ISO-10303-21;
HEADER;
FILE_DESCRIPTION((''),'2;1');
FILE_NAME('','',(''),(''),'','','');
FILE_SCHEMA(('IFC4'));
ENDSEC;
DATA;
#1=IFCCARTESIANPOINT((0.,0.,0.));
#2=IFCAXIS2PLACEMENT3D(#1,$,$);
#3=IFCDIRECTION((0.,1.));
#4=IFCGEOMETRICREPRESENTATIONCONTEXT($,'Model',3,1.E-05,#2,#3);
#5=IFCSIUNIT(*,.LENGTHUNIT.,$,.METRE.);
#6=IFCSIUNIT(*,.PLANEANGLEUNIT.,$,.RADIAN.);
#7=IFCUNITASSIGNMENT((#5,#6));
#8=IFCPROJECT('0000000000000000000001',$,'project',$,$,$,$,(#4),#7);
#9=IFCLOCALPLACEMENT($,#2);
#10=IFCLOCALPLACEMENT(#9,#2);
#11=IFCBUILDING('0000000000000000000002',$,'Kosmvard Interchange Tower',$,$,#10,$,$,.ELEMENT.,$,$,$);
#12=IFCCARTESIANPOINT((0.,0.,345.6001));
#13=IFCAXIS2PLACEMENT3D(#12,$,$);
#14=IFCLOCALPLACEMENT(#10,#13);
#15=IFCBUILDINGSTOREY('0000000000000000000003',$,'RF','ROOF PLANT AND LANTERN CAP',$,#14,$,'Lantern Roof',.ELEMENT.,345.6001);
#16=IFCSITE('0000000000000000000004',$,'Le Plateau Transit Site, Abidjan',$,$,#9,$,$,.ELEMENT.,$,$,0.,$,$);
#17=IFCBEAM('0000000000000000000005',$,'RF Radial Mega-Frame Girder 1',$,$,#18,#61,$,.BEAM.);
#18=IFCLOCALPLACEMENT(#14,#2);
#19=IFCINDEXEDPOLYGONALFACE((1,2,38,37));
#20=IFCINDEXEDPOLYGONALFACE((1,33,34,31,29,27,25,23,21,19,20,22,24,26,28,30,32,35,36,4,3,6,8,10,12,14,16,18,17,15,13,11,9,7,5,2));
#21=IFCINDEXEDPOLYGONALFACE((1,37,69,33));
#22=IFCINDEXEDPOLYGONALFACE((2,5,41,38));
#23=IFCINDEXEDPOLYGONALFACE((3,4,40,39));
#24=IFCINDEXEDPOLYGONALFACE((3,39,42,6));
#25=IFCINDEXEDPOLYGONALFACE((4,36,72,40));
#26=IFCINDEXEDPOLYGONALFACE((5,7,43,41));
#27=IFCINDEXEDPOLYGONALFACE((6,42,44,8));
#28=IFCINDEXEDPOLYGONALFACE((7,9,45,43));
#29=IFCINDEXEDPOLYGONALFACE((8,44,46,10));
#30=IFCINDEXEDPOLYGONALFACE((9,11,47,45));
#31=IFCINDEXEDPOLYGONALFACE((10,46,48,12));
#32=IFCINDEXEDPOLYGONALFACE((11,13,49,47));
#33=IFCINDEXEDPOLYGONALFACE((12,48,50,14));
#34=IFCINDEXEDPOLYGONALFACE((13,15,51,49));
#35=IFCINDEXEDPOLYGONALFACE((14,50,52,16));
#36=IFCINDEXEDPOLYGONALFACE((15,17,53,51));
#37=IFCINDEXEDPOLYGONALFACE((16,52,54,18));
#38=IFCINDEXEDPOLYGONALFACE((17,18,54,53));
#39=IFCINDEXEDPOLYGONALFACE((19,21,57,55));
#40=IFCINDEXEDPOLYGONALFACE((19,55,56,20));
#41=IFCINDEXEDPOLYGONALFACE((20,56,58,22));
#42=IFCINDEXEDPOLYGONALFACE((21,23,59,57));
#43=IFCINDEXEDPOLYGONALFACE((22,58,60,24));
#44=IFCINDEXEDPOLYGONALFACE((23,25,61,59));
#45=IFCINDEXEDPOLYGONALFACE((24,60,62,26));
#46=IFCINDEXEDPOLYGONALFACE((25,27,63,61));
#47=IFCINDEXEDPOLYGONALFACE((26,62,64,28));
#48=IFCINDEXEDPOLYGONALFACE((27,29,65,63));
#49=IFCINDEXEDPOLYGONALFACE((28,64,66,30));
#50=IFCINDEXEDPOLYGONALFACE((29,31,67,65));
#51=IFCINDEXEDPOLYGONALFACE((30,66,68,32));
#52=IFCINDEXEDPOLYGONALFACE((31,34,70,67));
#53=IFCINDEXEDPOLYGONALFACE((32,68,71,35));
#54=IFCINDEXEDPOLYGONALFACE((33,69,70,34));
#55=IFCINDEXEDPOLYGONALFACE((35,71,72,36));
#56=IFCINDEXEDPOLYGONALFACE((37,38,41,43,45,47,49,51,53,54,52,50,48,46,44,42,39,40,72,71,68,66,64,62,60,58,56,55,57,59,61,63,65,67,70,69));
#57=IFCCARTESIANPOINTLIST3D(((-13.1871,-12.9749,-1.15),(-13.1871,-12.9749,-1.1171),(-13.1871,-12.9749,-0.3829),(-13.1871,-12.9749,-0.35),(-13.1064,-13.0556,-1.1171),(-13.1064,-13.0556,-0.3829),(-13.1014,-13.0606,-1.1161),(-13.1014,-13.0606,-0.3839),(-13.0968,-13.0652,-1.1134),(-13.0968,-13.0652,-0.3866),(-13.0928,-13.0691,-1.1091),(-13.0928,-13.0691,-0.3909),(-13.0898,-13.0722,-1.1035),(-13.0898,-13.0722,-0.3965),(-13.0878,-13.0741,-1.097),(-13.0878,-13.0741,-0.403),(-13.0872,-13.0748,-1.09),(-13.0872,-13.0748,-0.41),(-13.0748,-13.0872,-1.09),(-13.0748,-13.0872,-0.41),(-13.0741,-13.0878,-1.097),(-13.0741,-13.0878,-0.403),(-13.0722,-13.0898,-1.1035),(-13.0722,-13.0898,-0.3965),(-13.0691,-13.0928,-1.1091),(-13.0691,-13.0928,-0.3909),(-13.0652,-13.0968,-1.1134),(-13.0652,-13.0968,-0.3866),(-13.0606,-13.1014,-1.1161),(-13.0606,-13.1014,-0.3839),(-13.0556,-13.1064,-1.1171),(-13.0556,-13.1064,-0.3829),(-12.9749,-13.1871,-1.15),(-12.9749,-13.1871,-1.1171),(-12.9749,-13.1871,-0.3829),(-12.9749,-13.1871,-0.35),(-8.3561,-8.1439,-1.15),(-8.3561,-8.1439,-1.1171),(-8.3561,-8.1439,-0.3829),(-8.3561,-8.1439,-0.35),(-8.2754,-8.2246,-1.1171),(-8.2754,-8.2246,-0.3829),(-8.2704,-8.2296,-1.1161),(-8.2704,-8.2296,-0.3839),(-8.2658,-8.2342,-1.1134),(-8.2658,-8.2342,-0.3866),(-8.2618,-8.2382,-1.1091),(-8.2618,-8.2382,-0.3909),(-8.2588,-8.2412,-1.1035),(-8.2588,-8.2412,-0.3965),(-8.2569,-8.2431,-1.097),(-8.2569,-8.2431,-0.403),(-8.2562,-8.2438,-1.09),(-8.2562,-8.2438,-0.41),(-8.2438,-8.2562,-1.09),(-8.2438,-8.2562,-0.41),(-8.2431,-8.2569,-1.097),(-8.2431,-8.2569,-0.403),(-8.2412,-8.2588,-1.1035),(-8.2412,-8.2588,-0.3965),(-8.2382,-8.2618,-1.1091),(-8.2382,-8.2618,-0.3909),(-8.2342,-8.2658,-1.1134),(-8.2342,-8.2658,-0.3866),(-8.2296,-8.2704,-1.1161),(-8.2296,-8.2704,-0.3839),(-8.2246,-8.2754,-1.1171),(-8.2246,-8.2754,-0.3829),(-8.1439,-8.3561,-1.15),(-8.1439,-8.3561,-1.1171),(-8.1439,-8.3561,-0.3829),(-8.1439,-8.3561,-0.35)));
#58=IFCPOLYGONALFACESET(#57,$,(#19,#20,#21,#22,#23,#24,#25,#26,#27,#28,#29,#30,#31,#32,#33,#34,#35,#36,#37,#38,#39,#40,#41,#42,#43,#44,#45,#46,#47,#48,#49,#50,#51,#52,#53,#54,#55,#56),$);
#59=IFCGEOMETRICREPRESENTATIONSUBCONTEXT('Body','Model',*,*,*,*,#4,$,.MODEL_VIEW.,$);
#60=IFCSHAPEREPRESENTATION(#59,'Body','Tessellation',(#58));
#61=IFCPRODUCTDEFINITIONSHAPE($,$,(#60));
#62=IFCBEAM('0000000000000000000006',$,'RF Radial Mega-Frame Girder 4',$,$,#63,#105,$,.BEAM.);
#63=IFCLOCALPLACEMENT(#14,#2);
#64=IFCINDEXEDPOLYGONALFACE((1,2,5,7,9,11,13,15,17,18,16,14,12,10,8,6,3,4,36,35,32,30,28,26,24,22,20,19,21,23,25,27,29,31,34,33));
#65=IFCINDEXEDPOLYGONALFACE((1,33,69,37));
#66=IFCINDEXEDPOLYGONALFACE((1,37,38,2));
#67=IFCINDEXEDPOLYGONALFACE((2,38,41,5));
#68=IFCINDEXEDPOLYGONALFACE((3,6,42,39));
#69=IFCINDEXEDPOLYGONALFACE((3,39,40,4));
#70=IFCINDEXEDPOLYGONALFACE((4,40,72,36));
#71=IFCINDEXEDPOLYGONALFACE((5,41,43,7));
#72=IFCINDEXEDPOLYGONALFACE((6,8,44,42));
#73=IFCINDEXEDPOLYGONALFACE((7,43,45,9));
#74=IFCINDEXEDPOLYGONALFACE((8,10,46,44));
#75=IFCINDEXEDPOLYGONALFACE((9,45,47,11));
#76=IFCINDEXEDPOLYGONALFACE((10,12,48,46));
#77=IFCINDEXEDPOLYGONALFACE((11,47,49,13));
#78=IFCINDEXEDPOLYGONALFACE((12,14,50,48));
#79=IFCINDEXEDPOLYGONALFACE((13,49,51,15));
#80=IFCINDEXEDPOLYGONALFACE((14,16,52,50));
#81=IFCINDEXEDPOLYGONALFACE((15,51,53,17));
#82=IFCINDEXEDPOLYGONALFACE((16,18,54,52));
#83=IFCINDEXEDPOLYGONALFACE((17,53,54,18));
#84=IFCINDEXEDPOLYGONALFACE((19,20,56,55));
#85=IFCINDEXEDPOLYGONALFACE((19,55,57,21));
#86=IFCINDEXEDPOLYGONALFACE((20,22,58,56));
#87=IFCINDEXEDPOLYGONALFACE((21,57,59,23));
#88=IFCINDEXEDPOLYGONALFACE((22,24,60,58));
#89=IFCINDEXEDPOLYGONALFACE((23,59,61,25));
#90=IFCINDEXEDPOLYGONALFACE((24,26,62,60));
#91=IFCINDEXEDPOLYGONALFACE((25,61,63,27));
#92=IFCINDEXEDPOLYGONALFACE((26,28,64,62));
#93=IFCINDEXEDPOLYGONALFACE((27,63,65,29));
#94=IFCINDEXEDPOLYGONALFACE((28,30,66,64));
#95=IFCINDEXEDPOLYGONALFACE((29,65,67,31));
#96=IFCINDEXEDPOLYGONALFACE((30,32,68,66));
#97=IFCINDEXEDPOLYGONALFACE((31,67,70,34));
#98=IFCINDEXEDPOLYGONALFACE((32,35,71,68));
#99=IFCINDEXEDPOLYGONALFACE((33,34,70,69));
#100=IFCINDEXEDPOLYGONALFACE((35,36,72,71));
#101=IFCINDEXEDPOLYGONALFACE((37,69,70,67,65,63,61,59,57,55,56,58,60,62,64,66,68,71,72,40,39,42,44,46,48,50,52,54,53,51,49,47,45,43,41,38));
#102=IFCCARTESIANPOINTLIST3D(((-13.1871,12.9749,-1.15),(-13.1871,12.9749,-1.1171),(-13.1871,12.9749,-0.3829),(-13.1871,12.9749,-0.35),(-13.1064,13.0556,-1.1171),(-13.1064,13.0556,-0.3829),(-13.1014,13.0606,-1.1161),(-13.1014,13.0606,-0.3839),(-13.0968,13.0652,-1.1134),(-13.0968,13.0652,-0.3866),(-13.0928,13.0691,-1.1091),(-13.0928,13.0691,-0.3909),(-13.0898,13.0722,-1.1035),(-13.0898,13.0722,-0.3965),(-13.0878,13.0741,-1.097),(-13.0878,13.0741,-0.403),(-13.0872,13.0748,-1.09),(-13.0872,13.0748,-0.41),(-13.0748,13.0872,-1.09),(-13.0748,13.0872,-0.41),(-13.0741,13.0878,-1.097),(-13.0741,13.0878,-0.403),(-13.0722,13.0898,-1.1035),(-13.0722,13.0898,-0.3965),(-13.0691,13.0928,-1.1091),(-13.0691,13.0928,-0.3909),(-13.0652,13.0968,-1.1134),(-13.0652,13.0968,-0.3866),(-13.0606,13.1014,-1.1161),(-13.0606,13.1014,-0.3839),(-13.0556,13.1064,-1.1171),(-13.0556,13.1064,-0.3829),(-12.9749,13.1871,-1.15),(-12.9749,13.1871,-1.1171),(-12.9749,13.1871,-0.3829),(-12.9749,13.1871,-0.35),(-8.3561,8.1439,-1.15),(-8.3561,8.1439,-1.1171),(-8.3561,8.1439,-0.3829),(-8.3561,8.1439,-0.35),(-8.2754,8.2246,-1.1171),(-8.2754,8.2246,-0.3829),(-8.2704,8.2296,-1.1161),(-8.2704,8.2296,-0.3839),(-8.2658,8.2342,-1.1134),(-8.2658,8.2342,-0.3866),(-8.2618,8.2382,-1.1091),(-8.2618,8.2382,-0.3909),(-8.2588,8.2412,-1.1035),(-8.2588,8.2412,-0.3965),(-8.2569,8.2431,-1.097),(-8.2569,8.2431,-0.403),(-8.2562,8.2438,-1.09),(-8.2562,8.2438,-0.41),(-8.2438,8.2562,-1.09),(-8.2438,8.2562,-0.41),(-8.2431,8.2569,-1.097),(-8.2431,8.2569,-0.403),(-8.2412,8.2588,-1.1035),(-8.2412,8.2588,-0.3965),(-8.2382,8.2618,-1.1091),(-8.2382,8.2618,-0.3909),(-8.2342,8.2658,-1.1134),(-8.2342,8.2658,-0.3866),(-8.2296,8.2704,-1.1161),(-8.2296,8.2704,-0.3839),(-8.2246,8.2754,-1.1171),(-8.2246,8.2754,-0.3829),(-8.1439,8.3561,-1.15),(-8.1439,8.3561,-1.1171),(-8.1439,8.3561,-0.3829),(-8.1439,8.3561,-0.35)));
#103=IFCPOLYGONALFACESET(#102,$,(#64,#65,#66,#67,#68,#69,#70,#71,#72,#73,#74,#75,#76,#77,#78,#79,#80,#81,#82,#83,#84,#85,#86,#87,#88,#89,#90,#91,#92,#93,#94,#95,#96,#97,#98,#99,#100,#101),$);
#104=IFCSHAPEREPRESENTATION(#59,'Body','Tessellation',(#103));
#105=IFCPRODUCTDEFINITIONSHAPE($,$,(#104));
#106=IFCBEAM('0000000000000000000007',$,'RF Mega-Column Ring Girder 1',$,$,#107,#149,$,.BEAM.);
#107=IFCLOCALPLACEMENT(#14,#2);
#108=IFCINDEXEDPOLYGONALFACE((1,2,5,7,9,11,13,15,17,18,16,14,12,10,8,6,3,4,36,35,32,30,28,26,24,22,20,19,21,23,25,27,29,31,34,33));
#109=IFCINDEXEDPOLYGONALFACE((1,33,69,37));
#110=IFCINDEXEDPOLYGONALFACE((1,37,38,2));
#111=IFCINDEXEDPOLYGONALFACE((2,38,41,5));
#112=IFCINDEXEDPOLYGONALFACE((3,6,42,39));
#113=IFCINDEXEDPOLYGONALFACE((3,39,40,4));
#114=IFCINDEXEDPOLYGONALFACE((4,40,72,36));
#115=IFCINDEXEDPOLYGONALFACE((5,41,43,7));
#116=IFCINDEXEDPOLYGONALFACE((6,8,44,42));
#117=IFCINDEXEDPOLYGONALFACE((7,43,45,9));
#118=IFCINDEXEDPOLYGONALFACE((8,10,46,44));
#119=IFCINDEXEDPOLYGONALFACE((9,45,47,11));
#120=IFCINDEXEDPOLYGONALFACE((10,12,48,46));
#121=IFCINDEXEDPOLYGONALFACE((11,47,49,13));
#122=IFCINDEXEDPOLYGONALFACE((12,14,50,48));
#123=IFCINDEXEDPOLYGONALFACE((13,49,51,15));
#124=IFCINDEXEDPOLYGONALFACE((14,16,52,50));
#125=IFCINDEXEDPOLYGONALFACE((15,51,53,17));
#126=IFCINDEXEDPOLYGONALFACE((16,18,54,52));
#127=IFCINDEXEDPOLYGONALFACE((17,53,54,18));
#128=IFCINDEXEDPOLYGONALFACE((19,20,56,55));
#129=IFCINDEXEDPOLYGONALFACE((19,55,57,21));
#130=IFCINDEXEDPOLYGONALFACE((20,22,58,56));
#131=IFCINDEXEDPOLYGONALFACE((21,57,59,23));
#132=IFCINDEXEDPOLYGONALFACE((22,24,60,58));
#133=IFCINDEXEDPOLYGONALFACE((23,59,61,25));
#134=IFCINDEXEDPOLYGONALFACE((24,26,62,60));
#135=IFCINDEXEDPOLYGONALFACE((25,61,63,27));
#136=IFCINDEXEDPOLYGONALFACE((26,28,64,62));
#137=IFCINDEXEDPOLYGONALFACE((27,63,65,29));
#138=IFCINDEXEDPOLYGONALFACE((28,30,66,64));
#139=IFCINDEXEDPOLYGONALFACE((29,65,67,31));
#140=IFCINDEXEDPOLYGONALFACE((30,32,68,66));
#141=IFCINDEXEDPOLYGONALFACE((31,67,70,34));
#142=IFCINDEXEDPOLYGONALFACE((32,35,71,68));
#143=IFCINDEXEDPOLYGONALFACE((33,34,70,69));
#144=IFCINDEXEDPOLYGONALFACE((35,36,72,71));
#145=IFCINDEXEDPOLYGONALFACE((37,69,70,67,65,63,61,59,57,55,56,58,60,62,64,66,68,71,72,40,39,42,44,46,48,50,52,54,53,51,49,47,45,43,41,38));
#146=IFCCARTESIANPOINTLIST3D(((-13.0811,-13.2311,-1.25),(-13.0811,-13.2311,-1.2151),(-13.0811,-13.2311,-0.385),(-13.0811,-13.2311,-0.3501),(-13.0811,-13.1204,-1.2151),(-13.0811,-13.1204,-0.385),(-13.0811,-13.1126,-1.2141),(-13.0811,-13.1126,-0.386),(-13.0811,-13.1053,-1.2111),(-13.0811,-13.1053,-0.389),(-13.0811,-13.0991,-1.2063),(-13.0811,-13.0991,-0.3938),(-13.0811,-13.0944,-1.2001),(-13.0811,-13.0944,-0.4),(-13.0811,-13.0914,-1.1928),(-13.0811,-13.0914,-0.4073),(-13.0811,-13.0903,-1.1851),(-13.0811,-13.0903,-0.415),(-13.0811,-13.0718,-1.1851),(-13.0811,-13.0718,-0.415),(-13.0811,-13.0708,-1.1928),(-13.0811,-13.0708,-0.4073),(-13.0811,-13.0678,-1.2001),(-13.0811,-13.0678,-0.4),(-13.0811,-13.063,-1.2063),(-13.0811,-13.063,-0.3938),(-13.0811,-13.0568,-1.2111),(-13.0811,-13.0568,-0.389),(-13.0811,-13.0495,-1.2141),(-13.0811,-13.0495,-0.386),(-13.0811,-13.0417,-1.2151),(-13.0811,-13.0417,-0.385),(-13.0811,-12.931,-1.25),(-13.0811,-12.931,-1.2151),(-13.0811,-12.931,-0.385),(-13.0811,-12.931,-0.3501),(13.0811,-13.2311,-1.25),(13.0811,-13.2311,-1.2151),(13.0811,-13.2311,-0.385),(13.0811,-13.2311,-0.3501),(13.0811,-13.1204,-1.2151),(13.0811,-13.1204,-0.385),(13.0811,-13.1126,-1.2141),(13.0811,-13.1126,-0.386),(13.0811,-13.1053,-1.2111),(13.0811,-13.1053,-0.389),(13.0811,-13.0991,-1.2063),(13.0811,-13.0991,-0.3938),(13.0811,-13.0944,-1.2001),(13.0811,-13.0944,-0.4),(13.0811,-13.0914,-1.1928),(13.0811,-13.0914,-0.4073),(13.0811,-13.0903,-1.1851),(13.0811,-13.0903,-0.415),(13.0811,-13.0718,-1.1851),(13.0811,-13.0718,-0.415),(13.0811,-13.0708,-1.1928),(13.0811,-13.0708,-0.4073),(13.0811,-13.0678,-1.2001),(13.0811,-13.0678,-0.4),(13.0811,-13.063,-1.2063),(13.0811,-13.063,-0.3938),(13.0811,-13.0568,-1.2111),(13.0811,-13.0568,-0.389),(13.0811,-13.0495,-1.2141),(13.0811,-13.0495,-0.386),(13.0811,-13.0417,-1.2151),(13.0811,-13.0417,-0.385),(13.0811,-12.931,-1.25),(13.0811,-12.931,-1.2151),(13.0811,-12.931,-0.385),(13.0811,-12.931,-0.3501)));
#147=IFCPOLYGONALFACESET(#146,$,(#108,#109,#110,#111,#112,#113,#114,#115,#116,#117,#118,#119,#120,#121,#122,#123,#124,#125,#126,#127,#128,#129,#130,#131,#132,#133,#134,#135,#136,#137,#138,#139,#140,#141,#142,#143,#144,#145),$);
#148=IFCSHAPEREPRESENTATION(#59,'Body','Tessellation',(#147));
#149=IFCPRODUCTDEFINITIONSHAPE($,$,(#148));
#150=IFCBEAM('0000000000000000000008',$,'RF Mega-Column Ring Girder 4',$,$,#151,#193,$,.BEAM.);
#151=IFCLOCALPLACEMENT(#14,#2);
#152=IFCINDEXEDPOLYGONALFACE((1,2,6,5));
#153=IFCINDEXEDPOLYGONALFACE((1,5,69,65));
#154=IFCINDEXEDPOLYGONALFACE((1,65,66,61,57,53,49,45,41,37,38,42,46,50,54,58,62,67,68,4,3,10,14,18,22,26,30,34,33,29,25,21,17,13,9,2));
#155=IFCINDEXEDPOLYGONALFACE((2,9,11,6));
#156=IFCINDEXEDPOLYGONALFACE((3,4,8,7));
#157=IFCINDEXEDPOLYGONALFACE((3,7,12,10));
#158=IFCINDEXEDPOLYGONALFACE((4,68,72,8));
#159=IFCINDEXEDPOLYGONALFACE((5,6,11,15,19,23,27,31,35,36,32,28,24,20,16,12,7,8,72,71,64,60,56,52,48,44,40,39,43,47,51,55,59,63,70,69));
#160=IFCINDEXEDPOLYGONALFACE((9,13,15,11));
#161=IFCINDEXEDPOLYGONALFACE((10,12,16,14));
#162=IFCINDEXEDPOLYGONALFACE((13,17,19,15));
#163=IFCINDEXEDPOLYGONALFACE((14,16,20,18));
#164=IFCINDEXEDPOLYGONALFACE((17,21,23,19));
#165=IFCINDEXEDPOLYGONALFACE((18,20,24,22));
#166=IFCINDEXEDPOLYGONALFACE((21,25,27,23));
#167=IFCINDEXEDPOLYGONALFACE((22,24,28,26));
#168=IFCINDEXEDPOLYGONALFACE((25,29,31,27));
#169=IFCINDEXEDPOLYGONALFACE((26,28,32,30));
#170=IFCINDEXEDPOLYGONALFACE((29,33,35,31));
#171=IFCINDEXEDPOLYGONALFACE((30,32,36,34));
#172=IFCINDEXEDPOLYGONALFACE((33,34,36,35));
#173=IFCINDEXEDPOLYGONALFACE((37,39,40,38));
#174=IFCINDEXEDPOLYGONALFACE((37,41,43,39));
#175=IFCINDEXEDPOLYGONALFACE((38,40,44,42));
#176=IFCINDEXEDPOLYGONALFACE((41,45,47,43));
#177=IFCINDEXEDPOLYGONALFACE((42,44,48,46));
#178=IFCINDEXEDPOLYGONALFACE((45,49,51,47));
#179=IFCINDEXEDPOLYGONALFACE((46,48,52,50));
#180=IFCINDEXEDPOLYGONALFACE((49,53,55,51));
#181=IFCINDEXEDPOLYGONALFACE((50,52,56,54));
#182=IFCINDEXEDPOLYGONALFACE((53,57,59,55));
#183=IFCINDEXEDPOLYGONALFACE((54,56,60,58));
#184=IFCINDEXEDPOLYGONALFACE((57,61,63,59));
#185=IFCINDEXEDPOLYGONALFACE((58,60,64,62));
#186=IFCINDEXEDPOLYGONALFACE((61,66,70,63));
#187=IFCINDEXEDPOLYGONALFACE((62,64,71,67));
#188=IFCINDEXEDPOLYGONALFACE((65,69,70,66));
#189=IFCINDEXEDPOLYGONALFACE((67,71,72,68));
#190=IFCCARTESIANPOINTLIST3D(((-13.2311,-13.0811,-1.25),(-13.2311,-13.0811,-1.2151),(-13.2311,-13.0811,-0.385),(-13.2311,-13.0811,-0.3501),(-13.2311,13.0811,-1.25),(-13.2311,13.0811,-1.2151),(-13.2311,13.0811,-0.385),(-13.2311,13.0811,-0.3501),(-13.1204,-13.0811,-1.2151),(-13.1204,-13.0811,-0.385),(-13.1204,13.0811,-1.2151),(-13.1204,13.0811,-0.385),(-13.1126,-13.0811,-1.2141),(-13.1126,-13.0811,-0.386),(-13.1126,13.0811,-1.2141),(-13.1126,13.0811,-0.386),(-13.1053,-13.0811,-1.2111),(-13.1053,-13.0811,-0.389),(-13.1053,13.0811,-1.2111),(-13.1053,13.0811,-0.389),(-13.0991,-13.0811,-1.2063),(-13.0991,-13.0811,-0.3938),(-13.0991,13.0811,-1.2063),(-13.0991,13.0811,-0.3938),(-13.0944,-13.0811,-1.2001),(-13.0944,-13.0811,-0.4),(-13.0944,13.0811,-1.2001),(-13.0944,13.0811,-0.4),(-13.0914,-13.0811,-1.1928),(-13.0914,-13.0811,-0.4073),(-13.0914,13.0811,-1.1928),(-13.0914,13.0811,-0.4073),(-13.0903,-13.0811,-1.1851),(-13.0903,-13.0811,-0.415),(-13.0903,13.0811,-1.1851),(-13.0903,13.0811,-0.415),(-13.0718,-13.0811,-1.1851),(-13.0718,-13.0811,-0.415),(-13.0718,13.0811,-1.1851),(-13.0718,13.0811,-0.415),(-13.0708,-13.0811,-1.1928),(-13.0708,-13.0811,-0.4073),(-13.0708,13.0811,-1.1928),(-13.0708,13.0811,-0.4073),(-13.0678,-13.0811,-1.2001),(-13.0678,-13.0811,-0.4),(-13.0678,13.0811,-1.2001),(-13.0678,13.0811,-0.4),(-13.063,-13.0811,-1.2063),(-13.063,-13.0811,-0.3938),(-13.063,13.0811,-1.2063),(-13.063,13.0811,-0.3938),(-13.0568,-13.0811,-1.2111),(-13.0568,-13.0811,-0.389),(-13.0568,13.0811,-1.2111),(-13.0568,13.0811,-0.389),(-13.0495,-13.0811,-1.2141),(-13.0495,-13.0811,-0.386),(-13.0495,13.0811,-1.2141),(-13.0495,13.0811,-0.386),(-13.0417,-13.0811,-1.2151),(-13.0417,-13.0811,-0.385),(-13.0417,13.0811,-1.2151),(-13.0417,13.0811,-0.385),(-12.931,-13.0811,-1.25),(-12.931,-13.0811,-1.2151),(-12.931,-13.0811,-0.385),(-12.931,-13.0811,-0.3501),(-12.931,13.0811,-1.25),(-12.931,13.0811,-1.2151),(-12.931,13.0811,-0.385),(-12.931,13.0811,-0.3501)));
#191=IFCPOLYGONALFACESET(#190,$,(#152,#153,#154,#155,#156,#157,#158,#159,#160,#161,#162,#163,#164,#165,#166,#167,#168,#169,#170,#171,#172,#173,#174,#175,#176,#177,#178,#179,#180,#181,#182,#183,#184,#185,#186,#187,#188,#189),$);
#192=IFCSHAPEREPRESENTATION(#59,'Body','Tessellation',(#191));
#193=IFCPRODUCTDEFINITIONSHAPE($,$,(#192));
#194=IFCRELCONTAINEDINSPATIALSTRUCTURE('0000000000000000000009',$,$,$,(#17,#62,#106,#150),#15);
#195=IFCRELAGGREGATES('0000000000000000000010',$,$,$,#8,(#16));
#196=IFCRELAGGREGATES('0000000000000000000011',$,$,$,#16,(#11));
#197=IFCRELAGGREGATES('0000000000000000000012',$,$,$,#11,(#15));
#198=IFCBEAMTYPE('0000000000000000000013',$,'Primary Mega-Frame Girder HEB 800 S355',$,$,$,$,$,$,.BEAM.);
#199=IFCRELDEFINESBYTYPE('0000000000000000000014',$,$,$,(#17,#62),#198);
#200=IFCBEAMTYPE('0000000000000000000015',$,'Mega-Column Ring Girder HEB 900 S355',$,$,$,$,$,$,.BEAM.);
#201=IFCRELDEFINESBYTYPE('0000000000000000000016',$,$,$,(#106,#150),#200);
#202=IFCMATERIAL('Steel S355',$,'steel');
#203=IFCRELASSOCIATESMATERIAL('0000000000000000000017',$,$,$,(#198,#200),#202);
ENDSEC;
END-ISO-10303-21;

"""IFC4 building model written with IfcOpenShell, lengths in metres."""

from ifc_helpers import new_model, si_unit, direction, frame, origin, origin_2d, place, context, subcontext, project, spatial, i_section, extrude, source, transform, mapped, material, material_profile, profile_set, type_object, element, save


model = new_model("IFC4")

# Units and contexts
model_context = context("Model", 3, precision=1e-05, world=origin(), true_north=direction((0.0, 1.0)))
body_context = subcontext(model_context, "Body", "Model", "MODEL_VIEW")
ifc_project = project(units=[si_unit("LENGTHUNIT", "METRE"), si_unit("PLANEANGLEUNIT", "RADIAN")], contexts=[model_context])

# Site, building, storey
site_placement = place(None, origin())
site = spatial("IfcSite", under=ifc_project, at=site_placement, Name="Le Plateau Transit Site, Abidjan", CompositionType="ELEMENT", RefElevation=0.0)
building_placement = place(site_placement, origin())
building = spatial("IfcBuilding", under=site, at=building_placement, Name="Kosmvard Interchange Tower", CompositionType="ELEMENT")
storey_placement = place(building_placement, frame((0.0, 0.0, 345.6001)))
storey = spatial("IfcBuildingStorey", under=building, at=storey_placement, Name="RF", Description="ROOF PLANT AND LANTERN CAP", LongName="Lantern Roof", CompositionType="ELEMENT", Elevation=345.6001)

# Beams
ifc_material_1 = material(Name="Steel S355", Category="steel")
ifc_material_profile_1 = material_profile(ifc_material_1, i_section(OverallWidth=0.3, OverallDepth=0.8, WebThickness=0.0176, FlangeThickness=0.033, FilletRadius=0.0271, at=origin_2d()), Name="HEB 800")
ifc_profile_set_1 = profile_set([ifc_material_profile_1], Name="Steel S355")
beam_type_1 = type_object("IfcBeamType", Name="Primary Mega-Frame Girder HEB 800 S355", PredefinedType="BEAM", material=ifc_profile_set_1)
shared_shape_1 = source(origin(), body_context, "Body", "SweptSolid", [
    extrude(i_section(OverallWidth=0.3, OverallDepth=0.8, WebThickness=0.0176, FlangeThickness=0.033, FilletRadius=0.0271, at=origin_2d()), origin(), (0.0, 0.0, 1.0), 6.832),
])
for number, where, z_axis, x_axis, name in (
    (1, (-8.25, -8.25, -0.75), (-0.707107, -0.707107, 0.0), (0.707107, -0.707107, 0.0), "RF Radial Mega-Frame Girder 1"),
    (2, (-8.25, 8.25, -0.75), (-0.707107, 0.707107, 0.0), (-0.707107, -0.707107, 0.0), "RF Radial Mega-Frame Girder 4"),
):
    element("IfcBeam", number, at=place(storey_placement, frame(where, z_axis=z_axis, x_axis=x_axis)), inside=storey, type_object=beam_type_1, Name=name, PredefinedType="BEAM", context=body_context, shape_type="MappedRepresentation", body=[
        mapped(shared_shape_1, transform((0.0, 0.0, 0.0), scale=1.0)),
    ])
ifc_material_profile_2 = material_profile(ifc_material_1, i_section(OverallWidth=0.3, OverallDepth=0.8999, WebThickness=0.0186, FlangeThickness=0.0349, FilletRadius=0.03, at=origin_2d()), Name="HEB 900")
ifc_profile_set_2 = profile_set([ifc_material_profile_2], Name="Steel S355")
beam_type_2 = type_object("IfcBeamType", Name="Mega-Column Ring Girder HEB 900 S355", PredefinedType="BEAM", material=ifc_profile_set_2)
shared_shape_2 = source(origin(), body_context, "Body", "SweptSolid", [
    extrude(i_section(OverallWidth=0.3, OverallDepth=0.8999, WebThickness=0.0186, FlangeThickness=0.0349, FilletRadius=0.03, at=origin_2d()), origin(), (0.0, 0.0, 1.0), 26.1621),
])
for number, where, z_axis, x_axis, name in (
    (3, (-13.0811, -13.0811, -0.8), (1.0, 0.0, 0.0), (0.0, 1.0, 0.0), "RF Mega-Column Ring Girder 1"),
    (4, (-13.0811, 13.0811, -0.8), (0.0, -1.0, 0.0), (1.0, 0.0, 0.0), "RF Mega-Column Ring Girder 4"),
):
    element("IfcBeam", number, at=place(storey_placement, frame(where, z_axis=z_axis, x_axis=x_axis)), inside=storey, type_object=beam_type_2, Name=name, PredefinedType="BEAM", context=body_context, shape_type="MappedRepresentation", body=[
        mapped(shared_shape_2, transform((0.0, 0.0, 0.0), scale=1.0)),
    ])

save(model, "model.ifc")
